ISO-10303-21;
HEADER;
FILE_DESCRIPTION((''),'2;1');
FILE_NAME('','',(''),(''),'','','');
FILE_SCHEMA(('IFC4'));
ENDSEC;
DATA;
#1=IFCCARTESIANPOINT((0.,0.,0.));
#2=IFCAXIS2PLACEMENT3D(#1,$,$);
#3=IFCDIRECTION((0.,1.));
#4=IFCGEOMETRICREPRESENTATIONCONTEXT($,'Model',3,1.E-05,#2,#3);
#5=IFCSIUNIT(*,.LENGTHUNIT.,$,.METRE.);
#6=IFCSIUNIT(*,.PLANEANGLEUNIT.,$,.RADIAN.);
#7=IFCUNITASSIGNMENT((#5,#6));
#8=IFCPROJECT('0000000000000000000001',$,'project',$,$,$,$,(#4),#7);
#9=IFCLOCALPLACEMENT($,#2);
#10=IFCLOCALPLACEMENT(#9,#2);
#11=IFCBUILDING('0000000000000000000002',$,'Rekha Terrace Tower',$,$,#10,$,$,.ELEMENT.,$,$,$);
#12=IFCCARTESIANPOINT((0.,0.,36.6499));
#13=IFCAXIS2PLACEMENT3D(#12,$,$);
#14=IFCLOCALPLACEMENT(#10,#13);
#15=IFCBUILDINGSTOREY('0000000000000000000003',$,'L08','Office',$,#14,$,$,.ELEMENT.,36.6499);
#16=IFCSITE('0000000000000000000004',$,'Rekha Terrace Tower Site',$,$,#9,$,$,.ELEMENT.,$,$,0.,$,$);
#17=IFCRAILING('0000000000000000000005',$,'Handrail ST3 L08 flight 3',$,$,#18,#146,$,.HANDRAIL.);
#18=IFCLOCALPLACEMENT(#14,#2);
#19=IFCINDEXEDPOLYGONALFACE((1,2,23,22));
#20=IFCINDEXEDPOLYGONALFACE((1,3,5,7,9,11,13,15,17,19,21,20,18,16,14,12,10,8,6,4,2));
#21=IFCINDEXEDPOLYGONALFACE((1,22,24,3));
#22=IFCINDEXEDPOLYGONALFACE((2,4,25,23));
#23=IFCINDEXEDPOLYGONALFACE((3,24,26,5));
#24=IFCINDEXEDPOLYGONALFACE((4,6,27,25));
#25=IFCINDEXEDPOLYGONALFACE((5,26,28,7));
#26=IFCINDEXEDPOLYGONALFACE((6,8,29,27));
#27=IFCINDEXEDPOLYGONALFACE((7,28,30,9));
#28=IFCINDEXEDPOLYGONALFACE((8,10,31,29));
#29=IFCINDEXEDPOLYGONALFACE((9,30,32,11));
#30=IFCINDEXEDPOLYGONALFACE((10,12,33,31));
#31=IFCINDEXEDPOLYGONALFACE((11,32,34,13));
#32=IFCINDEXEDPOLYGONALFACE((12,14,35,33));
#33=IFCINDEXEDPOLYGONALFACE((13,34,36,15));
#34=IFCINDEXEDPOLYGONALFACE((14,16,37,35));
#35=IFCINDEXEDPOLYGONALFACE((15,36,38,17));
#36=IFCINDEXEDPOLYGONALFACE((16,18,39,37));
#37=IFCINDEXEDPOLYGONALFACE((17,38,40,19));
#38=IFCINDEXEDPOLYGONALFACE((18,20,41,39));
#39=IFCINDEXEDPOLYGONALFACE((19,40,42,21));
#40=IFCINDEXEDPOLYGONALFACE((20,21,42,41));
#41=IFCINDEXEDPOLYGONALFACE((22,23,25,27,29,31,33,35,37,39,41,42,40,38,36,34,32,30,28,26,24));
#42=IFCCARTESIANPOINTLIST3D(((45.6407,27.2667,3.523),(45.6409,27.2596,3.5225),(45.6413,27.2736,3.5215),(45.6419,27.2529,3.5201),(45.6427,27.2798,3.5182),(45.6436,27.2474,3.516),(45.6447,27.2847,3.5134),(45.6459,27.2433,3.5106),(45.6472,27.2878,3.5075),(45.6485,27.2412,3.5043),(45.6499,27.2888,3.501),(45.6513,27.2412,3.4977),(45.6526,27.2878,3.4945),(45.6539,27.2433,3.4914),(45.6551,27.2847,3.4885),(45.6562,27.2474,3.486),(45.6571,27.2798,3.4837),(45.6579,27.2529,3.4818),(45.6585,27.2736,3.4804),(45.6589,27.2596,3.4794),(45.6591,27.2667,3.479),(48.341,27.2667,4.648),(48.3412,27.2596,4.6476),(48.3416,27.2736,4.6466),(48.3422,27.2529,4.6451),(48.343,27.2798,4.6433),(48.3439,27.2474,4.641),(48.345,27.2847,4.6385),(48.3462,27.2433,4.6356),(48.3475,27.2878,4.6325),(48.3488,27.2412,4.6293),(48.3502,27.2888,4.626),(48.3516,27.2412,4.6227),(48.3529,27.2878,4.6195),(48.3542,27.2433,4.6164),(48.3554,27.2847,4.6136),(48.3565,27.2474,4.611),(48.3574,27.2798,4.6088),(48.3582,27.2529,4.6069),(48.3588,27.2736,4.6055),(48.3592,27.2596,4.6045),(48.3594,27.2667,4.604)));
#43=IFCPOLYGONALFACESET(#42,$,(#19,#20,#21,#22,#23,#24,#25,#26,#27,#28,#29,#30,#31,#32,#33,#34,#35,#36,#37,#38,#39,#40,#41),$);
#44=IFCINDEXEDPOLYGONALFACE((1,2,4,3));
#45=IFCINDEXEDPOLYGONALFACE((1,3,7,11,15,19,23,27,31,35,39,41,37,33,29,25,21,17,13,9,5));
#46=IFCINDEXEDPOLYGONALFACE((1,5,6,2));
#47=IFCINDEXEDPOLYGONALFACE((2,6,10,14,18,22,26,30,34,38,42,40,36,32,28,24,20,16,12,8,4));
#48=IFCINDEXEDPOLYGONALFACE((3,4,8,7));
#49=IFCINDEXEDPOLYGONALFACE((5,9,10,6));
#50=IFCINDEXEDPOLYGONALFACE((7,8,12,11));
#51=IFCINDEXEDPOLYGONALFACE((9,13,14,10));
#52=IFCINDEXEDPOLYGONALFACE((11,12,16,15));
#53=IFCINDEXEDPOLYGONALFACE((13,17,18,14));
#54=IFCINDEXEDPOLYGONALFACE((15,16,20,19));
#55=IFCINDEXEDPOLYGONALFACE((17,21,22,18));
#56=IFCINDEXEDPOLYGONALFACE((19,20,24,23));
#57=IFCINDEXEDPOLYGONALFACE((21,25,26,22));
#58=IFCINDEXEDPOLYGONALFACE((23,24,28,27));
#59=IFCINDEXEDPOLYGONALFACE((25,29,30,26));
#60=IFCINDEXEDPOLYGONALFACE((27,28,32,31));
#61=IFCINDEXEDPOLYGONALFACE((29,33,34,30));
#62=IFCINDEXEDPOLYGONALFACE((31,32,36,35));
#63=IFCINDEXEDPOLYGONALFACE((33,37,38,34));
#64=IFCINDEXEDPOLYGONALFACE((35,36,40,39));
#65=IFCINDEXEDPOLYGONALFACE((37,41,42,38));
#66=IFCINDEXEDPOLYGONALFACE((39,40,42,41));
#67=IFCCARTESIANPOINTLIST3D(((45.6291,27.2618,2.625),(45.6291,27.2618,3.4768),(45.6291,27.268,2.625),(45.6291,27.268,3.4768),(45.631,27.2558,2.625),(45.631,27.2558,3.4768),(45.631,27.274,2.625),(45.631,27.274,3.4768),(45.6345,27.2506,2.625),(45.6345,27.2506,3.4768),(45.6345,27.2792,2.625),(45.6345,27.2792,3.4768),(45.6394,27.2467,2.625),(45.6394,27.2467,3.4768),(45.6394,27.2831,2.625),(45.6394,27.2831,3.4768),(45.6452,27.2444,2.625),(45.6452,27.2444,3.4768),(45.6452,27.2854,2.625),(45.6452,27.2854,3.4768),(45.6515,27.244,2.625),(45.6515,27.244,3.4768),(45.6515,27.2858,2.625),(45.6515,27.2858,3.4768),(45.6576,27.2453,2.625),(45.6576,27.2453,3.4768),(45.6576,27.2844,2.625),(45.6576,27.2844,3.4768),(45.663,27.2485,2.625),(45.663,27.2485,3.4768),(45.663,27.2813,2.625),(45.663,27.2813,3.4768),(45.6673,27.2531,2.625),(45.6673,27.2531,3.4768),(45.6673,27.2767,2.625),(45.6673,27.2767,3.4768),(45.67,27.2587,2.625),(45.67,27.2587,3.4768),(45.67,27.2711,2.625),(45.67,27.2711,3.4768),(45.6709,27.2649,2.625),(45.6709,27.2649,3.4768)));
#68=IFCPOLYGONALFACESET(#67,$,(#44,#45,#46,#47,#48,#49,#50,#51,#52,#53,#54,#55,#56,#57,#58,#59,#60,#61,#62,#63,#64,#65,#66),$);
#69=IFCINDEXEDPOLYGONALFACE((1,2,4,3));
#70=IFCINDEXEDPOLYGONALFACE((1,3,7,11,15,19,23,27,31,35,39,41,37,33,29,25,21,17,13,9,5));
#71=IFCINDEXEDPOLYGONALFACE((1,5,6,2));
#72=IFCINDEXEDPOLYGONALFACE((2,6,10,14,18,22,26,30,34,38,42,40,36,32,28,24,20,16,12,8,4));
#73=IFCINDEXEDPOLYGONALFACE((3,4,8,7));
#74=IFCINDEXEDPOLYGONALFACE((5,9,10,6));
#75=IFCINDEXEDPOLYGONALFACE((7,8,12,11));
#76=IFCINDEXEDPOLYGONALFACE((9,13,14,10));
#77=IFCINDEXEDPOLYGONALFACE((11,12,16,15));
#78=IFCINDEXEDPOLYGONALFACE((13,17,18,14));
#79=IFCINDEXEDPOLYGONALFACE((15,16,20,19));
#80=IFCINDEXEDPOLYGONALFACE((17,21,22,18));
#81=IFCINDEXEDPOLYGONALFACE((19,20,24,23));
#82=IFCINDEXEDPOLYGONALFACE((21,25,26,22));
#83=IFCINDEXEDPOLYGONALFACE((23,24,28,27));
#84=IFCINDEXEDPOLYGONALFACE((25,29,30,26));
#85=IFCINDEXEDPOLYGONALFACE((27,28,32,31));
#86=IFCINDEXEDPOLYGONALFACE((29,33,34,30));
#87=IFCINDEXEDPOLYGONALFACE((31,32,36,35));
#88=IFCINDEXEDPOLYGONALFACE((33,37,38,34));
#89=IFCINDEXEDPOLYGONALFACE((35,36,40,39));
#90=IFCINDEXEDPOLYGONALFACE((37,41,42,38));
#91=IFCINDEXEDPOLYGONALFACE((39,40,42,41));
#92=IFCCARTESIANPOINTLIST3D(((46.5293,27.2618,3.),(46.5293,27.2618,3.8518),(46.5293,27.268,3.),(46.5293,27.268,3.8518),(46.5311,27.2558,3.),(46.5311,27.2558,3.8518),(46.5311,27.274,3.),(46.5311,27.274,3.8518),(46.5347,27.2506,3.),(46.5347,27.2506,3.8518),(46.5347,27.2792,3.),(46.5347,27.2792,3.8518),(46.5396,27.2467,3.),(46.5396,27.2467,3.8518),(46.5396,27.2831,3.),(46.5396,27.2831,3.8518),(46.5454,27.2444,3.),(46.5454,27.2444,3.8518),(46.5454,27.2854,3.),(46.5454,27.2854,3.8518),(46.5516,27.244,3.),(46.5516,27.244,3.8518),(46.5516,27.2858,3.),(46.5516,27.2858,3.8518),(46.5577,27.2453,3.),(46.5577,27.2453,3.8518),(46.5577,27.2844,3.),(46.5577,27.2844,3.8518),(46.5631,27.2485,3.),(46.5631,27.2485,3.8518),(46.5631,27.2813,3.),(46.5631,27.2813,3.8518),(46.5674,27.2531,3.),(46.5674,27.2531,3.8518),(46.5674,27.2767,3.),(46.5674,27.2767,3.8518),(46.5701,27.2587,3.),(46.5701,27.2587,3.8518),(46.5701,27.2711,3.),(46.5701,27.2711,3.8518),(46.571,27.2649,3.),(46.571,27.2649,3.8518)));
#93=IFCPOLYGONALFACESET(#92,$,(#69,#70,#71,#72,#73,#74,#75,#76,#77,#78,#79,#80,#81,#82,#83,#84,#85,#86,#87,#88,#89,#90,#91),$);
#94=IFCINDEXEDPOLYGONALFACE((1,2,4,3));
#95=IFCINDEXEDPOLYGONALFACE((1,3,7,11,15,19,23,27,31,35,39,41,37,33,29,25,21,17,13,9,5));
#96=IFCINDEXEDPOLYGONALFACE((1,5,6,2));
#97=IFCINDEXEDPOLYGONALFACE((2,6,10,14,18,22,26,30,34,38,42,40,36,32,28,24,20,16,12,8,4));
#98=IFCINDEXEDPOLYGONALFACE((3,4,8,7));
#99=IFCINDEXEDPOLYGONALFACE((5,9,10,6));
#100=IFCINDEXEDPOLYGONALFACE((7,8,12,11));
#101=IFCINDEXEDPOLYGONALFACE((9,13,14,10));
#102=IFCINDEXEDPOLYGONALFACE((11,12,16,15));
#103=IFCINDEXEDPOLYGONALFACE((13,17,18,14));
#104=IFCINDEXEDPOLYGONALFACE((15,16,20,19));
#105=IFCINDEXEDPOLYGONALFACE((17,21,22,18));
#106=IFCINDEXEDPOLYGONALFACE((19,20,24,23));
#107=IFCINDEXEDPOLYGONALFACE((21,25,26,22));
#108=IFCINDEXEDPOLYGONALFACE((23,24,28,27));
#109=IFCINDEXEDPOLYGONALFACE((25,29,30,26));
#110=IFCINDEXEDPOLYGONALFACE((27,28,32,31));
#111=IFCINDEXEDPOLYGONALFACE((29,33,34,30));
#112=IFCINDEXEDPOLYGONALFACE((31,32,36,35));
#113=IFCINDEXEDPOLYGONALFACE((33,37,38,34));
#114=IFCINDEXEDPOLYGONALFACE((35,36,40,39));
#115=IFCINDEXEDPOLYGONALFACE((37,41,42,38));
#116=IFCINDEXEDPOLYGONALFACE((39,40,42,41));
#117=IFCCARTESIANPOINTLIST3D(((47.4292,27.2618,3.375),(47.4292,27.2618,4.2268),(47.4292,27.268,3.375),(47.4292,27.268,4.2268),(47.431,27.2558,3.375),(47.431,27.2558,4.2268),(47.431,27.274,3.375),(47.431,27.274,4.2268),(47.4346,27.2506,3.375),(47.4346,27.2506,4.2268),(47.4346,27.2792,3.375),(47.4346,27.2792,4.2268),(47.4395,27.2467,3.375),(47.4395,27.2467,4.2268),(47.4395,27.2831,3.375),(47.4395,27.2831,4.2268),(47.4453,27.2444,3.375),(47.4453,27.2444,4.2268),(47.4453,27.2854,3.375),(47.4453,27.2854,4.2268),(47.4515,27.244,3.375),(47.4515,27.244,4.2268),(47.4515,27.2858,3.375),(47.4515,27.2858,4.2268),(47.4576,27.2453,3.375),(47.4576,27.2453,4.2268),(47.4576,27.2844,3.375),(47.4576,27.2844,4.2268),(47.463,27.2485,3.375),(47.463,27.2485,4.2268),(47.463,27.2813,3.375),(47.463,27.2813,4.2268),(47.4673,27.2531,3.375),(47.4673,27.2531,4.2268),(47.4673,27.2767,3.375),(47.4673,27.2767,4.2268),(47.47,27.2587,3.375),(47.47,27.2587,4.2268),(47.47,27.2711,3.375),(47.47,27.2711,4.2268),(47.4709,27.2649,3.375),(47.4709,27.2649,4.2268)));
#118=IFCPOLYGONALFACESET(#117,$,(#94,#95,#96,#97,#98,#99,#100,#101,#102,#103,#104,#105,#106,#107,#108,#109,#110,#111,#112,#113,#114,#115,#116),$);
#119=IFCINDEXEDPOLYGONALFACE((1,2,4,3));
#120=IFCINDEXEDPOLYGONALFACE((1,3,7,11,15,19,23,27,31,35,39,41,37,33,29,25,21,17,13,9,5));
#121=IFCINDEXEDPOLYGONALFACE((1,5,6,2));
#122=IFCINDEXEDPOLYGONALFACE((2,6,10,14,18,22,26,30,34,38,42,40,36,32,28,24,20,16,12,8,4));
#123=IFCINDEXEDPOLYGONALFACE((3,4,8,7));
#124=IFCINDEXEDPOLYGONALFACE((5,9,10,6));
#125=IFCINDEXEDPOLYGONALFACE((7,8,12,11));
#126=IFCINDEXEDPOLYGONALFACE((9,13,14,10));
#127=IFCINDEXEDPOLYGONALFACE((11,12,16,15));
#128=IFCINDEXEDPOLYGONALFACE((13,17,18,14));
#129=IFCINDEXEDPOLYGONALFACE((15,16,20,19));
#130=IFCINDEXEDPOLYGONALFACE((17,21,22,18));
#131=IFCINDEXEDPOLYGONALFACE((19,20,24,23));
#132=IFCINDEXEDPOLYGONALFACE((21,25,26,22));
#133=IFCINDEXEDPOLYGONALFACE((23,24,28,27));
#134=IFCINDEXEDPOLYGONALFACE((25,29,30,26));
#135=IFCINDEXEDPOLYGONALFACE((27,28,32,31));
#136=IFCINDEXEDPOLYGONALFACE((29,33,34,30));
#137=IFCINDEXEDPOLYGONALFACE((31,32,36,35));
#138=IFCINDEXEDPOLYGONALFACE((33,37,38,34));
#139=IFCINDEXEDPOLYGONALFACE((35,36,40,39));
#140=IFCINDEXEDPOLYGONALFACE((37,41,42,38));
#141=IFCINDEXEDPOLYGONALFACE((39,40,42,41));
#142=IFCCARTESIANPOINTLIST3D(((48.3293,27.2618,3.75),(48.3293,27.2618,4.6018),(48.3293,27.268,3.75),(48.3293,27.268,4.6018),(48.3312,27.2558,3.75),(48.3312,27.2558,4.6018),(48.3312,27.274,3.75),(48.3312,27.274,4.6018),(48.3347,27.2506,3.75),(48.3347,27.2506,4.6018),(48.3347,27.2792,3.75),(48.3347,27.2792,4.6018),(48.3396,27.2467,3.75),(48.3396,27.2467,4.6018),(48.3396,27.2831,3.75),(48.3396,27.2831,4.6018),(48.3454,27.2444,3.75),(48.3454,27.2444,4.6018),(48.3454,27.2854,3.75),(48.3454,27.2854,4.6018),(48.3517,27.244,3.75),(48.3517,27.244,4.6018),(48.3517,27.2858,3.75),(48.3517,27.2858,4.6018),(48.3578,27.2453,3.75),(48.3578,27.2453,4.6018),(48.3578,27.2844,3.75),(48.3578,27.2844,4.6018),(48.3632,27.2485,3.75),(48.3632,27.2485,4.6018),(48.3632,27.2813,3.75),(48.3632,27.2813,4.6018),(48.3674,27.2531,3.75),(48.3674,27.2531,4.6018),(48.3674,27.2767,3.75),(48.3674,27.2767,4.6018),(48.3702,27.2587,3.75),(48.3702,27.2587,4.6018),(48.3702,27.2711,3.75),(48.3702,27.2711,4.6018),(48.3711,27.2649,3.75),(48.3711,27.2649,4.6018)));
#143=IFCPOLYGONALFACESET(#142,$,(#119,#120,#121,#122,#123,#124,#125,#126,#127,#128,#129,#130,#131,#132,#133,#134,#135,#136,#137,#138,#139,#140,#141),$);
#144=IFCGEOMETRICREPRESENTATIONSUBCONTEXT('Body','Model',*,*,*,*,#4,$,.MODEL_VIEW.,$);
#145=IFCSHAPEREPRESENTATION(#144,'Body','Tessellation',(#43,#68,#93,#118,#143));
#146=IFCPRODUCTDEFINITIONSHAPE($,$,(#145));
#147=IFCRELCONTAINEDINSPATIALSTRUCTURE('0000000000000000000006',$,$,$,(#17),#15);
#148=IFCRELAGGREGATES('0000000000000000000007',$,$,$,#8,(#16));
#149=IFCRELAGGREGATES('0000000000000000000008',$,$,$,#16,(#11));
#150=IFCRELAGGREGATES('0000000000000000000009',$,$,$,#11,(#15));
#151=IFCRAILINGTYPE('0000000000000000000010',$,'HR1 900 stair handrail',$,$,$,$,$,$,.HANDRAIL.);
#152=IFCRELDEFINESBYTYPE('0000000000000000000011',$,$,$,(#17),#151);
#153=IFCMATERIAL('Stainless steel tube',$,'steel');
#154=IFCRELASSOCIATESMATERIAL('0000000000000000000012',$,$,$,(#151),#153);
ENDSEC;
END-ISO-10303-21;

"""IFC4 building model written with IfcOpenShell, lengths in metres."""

from ifc_helpers import new_model, si_unit, direction, frame, origin, origin_2d, place, context, subcontext, project, spatial, circle, extrude, material, type_object, element, save


model = new_model("IFC4")

# Units and contexts
model_context = context("Model", 3, precision=1e-05, world=origin(), true_north=direction((0.0, 1.0)))
body_context = subcontext(model_context, "Body", "Model", "MODEL_VIEW")
ifc_project = project(units=[si_unit("LENGTHUNIT", "METRE"), si_unit("PLANEANGLEUNIT", "RADIAN")], contexts=[model_context])

# Site, building, storey
site_placement = place(None, origin())
site = spatial("IfcSite", under=ifc_project, at=site_placement, Name="Rekha Terrace Tower Site", CompositionType="ELEMENT", RefElevation=0.0)
building_placement = place(site_placement, origin())
building = spatial("IfcBuilding", under=site, at=building_placement, Name="Rekha Terrace Tower", CompositionType="ELEMENT")
storey_placement = place(building_placement, frame((0.0, 0.0, 36.6499)))
storey = spatial("IfcBuildingStorey", under=building, at=storey_placement, Name="L08", Description="Office", CompositionType="ELEMENT", Elevation=36.6499)

# Railing
ifc_material_1 = material(Name="Stainless steel tube", Category="steel")
railing_type_1 = type_object("IfcRailingType", Name="HR1 900 stair handrail", PredefinedType="HANDRAIL", material=ifc_material_1)
railing_1_placement = place(storey_placement, frame((45.6499, 27.2649, 2.625)))
element("IfcRailing", 1, at=railing_1_placement, inside=storey, type_object=railing_type_1, Name="Handrail ST3 L08 flight 3", PredefinedType="HANDRAIL", context=body_context, shape_type="SweptSolid", body=[
    extrude(circle(Radius=0.0239, at=origin_2d()), frame((0.0, 0.0, 0.876), z_axis=(0.923087, 0.0, 0.384592), x_axis=(0.0, 1.0, 0.0)), (0.0, 0.0, 1.0), 2.9253),
    extrude(circle(Radius=0.021, at=origin_2d()), origin(), (0.0, 0.0, 1.0), 0.8518),
    extrude(circle(Radius=0.021, at=origin_2d()), frame((0.9001, 0.0, 0.375)), (0.0, 0.0, 1.0), 0.8518),
    extrude(circle(Radius=0.021, at=origin_2d()), frame((1.8, 0.0, 0.75)), (0.0, 0.0, 1.0), 0.8518),
    extrude(circle(Radius=0.021, at=origin_2d()), frame((2.7002, 0.0, 1.125)), (0.0, 0.0, 1.0), 0.8518),
])

save(model, "model.ifc")
